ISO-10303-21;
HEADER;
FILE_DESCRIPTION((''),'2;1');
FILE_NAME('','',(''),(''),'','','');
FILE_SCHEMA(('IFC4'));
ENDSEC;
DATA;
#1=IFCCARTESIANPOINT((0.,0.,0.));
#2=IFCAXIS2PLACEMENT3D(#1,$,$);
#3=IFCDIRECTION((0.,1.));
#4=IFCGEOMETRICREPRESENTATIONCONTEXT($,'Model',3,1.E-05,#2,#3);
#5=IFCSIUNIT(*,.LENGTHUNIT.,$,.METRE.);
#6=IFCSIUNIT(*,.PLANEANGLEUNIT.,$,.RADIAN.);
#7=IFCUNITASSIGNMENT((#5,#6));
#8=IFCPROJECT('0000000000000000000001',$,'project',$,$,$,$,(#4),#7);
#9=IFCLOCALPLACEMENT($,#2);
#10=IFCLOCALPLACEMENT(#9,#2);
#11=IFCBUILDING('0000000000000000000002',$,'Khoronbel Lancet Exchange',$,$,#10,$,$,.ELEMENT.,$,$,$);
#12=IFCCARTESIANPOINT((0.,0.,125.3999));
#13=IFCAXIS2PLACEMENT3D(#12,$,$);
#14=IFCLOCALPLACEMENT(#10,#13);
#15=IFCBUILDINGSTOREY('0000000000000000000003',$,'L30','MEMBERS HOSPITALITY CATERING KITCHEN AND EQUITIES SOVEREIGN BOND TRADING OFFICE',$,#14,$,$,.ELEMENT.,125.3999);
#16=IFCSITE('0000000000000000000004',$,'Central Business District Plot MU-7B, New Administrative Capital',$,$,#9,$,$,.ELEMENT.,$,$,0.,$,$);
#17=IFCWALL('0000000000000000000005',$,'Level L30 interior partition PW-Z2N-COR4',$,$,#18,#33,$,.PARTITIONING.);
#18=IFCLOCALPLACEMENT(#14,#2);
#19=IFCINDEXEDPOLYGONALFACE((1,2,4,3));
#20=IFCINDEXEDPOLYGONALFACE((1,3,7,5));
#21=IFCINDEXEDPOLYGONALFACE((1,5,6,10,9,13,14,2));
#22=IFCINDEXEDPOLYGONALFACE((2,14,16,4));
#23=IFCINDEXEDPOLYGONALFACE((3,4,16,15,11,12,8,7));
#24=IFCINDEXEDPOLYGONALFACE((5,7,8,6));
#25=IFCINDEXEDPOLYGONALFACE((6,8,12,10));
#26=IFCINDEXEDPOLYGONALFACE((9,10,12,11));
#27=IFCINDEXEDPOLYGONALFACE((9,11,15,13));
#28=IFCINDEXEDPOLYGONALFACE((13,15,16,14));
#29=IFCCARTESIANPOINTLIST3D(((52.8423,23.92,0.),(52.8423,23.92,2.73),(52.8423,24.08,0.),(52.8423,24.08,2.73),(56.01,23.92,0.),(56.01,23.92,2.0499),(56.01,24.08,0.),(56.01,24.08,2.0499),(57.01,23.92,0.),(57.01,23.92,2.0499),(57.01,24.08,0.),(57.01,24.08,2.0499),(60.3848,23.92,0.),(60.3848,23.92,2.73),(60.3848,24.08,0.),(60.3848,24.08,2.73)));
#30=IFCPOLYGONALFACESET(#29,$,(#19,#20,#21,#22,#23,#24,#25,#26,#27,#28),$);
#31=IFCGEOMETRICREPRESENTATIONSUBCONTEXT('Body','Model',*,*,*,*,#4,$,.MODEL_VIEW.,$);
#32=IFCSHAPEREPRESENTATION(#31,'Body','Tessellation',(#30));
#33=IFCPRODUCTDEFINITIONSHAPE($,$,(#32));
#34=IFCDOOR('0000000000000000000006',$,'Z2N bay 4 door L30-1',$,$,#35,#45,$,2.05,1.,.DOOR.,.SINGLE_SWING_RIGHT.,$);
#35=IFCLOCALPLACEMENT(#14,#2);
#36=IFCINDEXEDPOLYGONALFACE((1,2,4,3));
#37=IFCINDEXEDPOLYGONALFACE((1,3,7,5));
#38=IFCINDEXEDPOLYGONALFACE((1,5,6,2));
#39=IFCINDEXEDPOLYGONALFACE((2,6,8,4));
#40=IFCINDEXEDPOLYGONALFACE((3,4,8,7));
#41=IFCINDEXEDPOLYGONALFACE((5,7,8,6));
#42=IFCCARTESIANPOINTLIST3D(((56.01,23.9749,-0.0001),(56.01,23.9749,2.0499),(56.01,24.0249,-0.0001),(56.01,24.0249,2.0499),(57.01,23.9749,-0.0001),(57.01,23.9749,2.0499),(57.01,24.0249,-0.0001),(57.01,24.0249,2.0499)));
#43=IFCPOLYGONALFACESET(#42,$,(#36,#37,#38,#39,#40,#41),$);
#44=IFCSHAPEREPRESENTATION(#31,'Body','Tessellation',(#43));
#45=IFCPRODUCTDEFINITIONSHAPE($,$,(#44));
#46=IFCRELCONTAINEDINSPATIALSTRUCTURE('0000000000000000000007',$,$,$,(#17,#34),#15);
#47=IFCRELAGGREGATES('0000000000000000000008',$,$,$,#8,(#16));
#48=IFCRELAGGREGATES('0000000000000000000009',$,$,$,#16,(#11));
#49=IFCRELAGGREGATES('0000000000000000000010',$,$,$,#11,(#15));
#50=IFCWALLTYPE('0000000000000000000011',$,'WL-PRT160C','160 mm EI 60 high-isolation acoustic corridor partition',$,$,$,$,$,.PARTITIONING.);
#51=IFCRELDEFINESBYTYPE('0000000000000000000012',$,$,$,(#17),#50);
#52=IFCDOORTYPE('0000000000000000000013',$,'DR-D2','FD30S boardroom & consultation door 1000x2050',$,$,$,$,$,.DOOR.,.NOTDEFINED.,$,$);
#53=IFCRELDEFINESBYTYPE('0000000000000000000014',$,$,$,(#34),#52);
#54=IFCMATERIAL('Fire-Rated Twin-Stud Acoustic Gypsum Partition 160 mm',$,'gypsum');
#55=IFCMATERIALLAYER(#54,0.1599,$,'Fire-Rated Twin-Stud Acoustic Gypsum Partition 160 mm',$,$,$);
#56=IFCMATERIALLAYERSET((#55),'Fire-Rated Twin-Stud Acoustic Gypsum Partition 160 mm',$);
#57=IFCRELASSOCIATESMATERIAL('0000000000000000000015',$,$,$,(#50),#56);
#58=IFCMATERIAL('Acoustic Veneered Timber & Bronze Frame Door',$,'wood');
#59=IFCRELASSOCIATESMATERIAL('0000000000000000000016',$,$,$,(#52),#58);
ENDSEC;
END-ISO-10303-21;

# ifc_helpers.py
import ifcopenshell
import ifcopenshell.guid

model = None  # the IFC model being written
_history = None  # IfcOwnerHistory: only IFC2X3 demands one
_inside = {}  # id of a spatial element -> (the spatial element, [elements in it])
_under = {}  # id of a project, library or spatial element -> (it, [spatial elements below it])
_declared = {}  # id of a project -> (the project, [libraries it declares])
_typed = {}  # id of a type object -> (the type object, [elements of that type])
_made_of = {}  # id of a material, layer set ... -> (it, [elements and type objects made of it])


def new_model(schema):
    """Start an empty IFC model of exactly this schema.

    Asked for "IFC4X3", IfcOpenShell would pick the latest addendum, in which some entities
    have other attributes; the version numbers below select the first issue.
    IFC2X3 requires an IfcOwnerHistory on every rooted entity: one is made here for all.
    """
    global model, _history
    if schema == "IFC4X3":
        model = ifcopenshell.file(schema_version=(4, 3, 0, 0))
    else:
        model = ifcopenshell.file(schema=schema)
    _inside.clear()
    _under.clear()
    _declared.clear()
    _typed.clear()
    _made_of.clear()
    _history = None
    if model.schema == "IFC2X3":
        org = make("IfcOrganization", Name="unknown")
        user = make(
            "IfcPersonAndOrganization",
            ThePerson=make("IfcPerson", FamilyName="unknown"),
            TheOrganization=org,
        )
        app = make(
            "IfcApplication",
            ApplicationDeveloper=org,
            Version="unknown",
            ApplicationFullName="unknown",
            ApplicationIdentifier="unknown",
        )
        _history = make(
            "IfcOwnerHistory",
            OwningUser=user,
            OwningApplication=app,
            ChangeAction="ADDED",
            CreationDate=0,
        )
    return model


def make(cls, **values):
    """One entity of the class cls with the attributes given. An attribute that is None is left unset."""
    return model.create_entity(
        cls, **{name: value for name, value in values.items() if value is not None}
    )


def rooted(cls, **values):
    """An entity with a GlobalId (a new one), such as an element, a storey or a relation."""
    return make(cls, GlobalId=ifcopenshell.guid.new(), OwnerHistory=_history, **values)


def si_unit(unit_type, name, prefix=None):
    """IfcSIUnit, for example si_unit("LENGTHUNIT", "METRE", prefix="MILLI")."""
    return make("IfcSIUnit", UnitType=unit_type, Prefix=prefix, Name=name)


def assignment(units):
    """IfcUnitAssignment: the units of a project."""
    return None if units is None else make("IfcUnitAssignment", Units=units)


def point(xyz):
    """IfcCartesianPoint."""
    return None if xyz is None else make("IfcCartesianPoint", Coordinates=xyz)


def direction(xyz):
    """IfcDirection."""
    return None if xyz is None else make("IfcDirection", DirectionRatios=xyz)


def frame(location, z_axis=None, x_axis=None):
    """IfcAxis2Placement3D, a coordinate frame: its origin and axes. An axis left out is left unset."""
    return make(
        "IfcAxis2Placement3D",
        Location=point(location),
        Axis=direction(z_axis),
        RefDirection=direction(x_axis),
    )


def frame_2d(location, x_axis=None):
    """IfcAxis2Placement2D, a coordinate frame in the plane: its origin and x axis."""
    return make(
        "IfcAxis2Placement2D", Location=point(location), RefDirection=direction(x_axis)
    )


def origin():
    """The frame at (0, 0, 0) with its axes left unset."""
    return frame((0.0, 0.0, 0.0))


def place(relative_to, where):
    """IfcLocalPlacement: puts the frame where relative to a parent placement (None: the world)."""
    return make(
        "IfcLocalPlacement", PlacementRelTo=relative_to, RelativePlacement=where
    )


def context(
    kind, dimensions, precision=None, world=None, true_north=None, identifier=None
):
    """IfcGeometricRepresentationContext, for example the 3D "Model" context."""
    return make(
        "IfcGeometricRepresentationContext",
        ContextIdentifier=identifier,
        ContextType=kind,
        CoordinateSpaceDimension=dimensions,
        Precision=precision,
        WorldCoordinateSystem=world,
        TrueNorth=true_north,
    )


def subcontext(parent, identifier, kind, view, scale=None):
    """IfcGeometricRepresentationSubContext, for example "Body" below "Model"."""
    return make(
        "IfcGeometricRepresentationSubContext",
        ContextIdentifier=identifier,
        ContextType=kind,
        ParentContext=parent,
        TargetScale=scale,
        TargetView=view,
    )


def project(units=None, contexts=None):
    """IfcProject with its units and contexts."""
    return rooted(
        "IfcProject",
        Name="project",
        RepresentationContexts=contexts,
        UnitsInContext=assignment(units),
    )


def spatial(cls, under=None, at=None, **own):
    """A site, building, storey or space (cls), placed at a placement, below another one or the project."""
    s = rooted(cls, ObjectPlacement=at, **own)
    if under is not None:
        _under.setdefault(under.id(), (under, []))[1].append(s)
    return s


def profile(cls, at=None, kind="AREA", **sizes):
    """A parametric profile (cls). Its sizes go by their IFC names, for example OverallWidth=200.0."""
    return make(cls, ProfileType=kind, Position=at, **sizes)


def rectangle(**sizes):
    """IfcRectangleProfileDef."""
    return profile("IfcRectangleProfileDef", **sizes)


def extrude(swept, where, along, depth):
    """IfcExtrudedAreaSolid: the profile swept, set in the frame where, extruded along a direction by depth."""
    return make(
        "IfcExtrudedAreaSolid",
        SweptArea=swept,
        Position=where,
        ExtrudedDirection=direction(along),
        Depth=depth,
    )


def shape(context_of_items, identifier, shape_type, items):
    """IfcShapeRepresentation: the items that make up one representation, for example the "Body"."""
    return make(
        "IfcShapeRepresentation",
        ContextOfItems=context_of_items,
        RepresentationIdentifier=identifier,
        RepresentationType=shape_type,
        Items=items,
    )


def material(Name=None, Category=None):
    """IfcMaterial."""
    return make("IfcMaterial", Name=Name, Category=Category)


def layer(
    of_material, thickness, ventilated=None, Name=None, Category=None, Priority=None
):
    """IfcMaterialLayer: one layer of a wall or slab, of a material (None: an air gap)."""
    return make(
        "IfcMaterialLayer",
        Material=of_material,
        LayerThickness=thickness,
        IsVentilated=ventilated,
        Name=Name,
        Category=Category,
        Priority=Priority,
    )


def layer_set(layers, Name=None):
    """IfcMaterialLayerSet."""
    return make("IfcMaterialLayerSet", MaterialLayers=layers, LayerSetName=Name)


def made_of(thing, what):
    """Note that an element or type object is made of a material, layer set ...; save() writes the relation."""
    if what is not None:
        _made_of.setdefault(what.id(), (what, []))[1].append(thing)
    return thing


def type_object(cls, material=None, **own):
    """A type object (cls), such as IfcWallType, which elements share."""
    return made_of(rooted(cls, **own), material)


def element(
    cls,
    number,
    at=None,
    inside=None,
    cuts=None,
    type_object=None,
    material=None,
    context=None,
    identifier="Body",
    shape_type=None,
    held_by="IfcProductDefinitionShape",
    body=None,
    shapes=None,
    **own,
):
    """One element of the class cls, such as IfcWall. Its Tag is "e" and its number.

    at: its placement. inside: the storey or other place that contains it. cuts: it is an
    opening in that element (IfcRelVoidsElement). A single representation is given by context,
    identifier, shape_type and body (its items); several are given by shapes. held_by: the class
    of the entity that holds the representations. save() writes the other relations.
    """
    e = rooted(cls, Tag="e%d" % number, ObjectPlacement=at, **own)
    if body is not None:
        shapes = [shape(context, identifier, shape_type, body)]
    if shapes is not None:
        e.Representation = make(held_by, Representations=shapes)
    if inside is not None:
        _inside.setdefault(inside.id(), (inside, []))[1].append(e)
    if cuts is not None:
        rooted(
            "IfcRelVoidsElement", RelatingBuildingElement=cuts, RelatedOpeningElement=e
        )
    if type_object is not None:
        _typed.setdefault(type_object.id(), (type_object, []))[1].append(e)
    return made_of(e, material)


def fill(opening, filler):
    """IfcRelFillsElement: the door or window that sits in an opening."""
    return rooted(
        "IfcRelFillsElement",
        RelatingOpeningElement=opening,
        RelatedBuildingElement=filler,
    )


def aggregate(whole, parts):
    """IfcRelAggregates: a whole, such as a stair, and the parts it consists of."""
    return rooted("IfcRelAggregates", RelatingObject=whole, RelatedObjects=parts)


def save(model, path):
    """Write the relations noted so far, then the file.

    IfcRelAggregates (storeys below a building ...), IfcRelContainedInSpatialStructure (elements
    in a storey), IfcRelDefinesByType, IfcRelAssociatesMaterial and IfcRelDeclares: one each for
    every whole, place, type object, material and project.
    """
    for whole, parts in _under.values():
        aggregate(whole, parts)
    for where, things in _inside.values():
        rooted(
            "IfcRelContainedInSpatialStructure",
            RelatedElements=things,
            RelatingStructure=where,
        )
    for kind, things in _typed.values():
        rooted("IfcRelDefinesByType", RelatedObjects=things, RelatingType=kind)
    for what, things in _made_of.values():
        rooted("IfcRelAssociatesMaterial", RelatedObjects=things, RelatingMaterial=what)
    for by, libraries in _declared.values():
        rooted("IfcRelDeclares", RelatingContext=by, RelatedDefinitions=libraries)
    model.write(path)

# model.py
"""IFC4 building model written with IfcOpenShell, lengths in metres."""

from ifc_helpers import new_model, si_unit, direction, frame, frame_2d, origin, place, context, subcontext, project, spatial, rectangle, extrude, material, layer, layer_set, type_object, element, fill, save


model = new_model("IFC4")

# Units and contexts
model_context = context("Model", 3, precision=1e-05, world=origin(), true_north=direction((0.0, 1.0)))
body_context = subcontext(model_context, "Body", "Model", "MODEL_VIEW")
ifc_project = project(units=[si_unit("LENGTHUNIT", "METRE"), si_unit("PLANEANGLEUNIT", "RADIAN")], contexts=[model_context])

# Site, building, storey
site_placement = place(None, origin())
site = spatial("IfcSite", under=ifc_project, at=site_placement, Name="Central Business District Plot MU-7B, New Administrative Capital", CompositionType="ELEMENT", RefElevation=0.0)
building_placement = place(site_placement, origin())
building = spatial("IfcBuilding", under=site, at=building_placement, Name="Khoronbel Lancet Exchange", CompositionType="ELEMENT")
storey_placement = place(building_placement, frame((0.0, 0.0, 125.3999)))
storey = spatial("IfcBuildingStorey", under=building, at=storey_placement, Name="L30", Description="MEMBERS HOSPITALITY CATERING KITCHEN AND EQUITIES SOVEREIGN BOND TRADING OFFICE", CompositionType="ELEMENT", Elevation=125.3999)

# Wall, opening, door
ifc_material_1 = material(Name="Fire-Rated Twin-Stud Acoustic Gypsum Partition 160 mm", Category="gypsum")
ifc_layer_1 = layer(ifc_material_1, 0.1599, Name="Fire-Rated Twin-Stud Acoustic Gypsum Partition 160 mm")
ifc_layer_set_1 = layer_set([ifc_layer_1], Name="Fire-Rated Twin-Stud Acoustic Gypsum Partition 160 mm")
wall_type_1 = type_object("IfcWallType", Name="WL-PRT160C", Description="160 mm EI 60 high-isolation acoustic corridor partition", PredefinedType="PARTITIONING", material=ifc_layer_set_1)
ifc_material_2 = material(Name="Acoustic Veneered Timber & Bronze Frame Door", Category="wood")
door_type_1 = type_object("IfcDoorType", Name="DR-D2", Description="FD30S boardroom & consultation door 1000x2050", OperationType="NOTDEFINED", PredefinedType="DOOR", material=ifc_material_2)
wall_1_placement = place(storey_placement, frame((52.8423, 24.0, 0.0), z_axis=(0.0, 0.0, 1.0), x_axis=(1.0, 0.0, 0.0)))
wall_1 = element("IfcWall", 1, at=wall_1_placement, inside=storey, type_object=wall_type_1, Name="Level L30 interior partition PW-Z2N-COR4", PredefinedType="PARTITIONING", context=body_context, shape_type="SweptSolid", body=[
    extrude(rectangle(XDim=7.5425, YDim=0.1599, at=frame_2d((3.7712, 0.0))), origin(), (0.0, 0.0, 1.0), 2.73),
])
opening_1_placement = place(wall_1_placement, frame((3.1677, 0.0, 0.0)))
opening_1 = element("IfcOpeningElement", 2, at=opening_1_placement, cuts=wall_1, PredefinedType="OPENING", context=body_context, shape_type="SweptSolid", body=[
    extrude(rectangle(XDim=1.0, YDim=2.05, at=frame_2d((0.5, 1.0249))), frame((0.0, 0.0898, 0.0), z_axis=(0.0, -1.0, 0.0), x_axis=(1.0, 0.0, 0.0)), (0.0, 0.0, 1.0), 0.1799),
])
door_1_placement = place(opening_1_placement, origin())
door_1 = element("IfcDoor", 3, at=door_1_placement, inside=storey, type_object=door_type_1, Name="Z2N bay 4 door L30-1", OperationType="SINGLE_SWING_RIGHT", OverallHeight=2.05, OverallWidth=1.0, PredefinedType="DOOR", context=body_context, shape_type="SweptSolid", body=[
    extrude(rectangle(XDim=1.0, YDim=2.05, at=frame_2d((0.5, 1.0249))), frame((0.0, 0.0249, 0.0), z_axis=(0.0, -1.0, 0.0), x_axis=(1.0, 0.0, 0.0)), (0.0, 0.0, 1.0), 0.05),
])
fill(opening_1, door_1)

save(model, "model.ifc")
